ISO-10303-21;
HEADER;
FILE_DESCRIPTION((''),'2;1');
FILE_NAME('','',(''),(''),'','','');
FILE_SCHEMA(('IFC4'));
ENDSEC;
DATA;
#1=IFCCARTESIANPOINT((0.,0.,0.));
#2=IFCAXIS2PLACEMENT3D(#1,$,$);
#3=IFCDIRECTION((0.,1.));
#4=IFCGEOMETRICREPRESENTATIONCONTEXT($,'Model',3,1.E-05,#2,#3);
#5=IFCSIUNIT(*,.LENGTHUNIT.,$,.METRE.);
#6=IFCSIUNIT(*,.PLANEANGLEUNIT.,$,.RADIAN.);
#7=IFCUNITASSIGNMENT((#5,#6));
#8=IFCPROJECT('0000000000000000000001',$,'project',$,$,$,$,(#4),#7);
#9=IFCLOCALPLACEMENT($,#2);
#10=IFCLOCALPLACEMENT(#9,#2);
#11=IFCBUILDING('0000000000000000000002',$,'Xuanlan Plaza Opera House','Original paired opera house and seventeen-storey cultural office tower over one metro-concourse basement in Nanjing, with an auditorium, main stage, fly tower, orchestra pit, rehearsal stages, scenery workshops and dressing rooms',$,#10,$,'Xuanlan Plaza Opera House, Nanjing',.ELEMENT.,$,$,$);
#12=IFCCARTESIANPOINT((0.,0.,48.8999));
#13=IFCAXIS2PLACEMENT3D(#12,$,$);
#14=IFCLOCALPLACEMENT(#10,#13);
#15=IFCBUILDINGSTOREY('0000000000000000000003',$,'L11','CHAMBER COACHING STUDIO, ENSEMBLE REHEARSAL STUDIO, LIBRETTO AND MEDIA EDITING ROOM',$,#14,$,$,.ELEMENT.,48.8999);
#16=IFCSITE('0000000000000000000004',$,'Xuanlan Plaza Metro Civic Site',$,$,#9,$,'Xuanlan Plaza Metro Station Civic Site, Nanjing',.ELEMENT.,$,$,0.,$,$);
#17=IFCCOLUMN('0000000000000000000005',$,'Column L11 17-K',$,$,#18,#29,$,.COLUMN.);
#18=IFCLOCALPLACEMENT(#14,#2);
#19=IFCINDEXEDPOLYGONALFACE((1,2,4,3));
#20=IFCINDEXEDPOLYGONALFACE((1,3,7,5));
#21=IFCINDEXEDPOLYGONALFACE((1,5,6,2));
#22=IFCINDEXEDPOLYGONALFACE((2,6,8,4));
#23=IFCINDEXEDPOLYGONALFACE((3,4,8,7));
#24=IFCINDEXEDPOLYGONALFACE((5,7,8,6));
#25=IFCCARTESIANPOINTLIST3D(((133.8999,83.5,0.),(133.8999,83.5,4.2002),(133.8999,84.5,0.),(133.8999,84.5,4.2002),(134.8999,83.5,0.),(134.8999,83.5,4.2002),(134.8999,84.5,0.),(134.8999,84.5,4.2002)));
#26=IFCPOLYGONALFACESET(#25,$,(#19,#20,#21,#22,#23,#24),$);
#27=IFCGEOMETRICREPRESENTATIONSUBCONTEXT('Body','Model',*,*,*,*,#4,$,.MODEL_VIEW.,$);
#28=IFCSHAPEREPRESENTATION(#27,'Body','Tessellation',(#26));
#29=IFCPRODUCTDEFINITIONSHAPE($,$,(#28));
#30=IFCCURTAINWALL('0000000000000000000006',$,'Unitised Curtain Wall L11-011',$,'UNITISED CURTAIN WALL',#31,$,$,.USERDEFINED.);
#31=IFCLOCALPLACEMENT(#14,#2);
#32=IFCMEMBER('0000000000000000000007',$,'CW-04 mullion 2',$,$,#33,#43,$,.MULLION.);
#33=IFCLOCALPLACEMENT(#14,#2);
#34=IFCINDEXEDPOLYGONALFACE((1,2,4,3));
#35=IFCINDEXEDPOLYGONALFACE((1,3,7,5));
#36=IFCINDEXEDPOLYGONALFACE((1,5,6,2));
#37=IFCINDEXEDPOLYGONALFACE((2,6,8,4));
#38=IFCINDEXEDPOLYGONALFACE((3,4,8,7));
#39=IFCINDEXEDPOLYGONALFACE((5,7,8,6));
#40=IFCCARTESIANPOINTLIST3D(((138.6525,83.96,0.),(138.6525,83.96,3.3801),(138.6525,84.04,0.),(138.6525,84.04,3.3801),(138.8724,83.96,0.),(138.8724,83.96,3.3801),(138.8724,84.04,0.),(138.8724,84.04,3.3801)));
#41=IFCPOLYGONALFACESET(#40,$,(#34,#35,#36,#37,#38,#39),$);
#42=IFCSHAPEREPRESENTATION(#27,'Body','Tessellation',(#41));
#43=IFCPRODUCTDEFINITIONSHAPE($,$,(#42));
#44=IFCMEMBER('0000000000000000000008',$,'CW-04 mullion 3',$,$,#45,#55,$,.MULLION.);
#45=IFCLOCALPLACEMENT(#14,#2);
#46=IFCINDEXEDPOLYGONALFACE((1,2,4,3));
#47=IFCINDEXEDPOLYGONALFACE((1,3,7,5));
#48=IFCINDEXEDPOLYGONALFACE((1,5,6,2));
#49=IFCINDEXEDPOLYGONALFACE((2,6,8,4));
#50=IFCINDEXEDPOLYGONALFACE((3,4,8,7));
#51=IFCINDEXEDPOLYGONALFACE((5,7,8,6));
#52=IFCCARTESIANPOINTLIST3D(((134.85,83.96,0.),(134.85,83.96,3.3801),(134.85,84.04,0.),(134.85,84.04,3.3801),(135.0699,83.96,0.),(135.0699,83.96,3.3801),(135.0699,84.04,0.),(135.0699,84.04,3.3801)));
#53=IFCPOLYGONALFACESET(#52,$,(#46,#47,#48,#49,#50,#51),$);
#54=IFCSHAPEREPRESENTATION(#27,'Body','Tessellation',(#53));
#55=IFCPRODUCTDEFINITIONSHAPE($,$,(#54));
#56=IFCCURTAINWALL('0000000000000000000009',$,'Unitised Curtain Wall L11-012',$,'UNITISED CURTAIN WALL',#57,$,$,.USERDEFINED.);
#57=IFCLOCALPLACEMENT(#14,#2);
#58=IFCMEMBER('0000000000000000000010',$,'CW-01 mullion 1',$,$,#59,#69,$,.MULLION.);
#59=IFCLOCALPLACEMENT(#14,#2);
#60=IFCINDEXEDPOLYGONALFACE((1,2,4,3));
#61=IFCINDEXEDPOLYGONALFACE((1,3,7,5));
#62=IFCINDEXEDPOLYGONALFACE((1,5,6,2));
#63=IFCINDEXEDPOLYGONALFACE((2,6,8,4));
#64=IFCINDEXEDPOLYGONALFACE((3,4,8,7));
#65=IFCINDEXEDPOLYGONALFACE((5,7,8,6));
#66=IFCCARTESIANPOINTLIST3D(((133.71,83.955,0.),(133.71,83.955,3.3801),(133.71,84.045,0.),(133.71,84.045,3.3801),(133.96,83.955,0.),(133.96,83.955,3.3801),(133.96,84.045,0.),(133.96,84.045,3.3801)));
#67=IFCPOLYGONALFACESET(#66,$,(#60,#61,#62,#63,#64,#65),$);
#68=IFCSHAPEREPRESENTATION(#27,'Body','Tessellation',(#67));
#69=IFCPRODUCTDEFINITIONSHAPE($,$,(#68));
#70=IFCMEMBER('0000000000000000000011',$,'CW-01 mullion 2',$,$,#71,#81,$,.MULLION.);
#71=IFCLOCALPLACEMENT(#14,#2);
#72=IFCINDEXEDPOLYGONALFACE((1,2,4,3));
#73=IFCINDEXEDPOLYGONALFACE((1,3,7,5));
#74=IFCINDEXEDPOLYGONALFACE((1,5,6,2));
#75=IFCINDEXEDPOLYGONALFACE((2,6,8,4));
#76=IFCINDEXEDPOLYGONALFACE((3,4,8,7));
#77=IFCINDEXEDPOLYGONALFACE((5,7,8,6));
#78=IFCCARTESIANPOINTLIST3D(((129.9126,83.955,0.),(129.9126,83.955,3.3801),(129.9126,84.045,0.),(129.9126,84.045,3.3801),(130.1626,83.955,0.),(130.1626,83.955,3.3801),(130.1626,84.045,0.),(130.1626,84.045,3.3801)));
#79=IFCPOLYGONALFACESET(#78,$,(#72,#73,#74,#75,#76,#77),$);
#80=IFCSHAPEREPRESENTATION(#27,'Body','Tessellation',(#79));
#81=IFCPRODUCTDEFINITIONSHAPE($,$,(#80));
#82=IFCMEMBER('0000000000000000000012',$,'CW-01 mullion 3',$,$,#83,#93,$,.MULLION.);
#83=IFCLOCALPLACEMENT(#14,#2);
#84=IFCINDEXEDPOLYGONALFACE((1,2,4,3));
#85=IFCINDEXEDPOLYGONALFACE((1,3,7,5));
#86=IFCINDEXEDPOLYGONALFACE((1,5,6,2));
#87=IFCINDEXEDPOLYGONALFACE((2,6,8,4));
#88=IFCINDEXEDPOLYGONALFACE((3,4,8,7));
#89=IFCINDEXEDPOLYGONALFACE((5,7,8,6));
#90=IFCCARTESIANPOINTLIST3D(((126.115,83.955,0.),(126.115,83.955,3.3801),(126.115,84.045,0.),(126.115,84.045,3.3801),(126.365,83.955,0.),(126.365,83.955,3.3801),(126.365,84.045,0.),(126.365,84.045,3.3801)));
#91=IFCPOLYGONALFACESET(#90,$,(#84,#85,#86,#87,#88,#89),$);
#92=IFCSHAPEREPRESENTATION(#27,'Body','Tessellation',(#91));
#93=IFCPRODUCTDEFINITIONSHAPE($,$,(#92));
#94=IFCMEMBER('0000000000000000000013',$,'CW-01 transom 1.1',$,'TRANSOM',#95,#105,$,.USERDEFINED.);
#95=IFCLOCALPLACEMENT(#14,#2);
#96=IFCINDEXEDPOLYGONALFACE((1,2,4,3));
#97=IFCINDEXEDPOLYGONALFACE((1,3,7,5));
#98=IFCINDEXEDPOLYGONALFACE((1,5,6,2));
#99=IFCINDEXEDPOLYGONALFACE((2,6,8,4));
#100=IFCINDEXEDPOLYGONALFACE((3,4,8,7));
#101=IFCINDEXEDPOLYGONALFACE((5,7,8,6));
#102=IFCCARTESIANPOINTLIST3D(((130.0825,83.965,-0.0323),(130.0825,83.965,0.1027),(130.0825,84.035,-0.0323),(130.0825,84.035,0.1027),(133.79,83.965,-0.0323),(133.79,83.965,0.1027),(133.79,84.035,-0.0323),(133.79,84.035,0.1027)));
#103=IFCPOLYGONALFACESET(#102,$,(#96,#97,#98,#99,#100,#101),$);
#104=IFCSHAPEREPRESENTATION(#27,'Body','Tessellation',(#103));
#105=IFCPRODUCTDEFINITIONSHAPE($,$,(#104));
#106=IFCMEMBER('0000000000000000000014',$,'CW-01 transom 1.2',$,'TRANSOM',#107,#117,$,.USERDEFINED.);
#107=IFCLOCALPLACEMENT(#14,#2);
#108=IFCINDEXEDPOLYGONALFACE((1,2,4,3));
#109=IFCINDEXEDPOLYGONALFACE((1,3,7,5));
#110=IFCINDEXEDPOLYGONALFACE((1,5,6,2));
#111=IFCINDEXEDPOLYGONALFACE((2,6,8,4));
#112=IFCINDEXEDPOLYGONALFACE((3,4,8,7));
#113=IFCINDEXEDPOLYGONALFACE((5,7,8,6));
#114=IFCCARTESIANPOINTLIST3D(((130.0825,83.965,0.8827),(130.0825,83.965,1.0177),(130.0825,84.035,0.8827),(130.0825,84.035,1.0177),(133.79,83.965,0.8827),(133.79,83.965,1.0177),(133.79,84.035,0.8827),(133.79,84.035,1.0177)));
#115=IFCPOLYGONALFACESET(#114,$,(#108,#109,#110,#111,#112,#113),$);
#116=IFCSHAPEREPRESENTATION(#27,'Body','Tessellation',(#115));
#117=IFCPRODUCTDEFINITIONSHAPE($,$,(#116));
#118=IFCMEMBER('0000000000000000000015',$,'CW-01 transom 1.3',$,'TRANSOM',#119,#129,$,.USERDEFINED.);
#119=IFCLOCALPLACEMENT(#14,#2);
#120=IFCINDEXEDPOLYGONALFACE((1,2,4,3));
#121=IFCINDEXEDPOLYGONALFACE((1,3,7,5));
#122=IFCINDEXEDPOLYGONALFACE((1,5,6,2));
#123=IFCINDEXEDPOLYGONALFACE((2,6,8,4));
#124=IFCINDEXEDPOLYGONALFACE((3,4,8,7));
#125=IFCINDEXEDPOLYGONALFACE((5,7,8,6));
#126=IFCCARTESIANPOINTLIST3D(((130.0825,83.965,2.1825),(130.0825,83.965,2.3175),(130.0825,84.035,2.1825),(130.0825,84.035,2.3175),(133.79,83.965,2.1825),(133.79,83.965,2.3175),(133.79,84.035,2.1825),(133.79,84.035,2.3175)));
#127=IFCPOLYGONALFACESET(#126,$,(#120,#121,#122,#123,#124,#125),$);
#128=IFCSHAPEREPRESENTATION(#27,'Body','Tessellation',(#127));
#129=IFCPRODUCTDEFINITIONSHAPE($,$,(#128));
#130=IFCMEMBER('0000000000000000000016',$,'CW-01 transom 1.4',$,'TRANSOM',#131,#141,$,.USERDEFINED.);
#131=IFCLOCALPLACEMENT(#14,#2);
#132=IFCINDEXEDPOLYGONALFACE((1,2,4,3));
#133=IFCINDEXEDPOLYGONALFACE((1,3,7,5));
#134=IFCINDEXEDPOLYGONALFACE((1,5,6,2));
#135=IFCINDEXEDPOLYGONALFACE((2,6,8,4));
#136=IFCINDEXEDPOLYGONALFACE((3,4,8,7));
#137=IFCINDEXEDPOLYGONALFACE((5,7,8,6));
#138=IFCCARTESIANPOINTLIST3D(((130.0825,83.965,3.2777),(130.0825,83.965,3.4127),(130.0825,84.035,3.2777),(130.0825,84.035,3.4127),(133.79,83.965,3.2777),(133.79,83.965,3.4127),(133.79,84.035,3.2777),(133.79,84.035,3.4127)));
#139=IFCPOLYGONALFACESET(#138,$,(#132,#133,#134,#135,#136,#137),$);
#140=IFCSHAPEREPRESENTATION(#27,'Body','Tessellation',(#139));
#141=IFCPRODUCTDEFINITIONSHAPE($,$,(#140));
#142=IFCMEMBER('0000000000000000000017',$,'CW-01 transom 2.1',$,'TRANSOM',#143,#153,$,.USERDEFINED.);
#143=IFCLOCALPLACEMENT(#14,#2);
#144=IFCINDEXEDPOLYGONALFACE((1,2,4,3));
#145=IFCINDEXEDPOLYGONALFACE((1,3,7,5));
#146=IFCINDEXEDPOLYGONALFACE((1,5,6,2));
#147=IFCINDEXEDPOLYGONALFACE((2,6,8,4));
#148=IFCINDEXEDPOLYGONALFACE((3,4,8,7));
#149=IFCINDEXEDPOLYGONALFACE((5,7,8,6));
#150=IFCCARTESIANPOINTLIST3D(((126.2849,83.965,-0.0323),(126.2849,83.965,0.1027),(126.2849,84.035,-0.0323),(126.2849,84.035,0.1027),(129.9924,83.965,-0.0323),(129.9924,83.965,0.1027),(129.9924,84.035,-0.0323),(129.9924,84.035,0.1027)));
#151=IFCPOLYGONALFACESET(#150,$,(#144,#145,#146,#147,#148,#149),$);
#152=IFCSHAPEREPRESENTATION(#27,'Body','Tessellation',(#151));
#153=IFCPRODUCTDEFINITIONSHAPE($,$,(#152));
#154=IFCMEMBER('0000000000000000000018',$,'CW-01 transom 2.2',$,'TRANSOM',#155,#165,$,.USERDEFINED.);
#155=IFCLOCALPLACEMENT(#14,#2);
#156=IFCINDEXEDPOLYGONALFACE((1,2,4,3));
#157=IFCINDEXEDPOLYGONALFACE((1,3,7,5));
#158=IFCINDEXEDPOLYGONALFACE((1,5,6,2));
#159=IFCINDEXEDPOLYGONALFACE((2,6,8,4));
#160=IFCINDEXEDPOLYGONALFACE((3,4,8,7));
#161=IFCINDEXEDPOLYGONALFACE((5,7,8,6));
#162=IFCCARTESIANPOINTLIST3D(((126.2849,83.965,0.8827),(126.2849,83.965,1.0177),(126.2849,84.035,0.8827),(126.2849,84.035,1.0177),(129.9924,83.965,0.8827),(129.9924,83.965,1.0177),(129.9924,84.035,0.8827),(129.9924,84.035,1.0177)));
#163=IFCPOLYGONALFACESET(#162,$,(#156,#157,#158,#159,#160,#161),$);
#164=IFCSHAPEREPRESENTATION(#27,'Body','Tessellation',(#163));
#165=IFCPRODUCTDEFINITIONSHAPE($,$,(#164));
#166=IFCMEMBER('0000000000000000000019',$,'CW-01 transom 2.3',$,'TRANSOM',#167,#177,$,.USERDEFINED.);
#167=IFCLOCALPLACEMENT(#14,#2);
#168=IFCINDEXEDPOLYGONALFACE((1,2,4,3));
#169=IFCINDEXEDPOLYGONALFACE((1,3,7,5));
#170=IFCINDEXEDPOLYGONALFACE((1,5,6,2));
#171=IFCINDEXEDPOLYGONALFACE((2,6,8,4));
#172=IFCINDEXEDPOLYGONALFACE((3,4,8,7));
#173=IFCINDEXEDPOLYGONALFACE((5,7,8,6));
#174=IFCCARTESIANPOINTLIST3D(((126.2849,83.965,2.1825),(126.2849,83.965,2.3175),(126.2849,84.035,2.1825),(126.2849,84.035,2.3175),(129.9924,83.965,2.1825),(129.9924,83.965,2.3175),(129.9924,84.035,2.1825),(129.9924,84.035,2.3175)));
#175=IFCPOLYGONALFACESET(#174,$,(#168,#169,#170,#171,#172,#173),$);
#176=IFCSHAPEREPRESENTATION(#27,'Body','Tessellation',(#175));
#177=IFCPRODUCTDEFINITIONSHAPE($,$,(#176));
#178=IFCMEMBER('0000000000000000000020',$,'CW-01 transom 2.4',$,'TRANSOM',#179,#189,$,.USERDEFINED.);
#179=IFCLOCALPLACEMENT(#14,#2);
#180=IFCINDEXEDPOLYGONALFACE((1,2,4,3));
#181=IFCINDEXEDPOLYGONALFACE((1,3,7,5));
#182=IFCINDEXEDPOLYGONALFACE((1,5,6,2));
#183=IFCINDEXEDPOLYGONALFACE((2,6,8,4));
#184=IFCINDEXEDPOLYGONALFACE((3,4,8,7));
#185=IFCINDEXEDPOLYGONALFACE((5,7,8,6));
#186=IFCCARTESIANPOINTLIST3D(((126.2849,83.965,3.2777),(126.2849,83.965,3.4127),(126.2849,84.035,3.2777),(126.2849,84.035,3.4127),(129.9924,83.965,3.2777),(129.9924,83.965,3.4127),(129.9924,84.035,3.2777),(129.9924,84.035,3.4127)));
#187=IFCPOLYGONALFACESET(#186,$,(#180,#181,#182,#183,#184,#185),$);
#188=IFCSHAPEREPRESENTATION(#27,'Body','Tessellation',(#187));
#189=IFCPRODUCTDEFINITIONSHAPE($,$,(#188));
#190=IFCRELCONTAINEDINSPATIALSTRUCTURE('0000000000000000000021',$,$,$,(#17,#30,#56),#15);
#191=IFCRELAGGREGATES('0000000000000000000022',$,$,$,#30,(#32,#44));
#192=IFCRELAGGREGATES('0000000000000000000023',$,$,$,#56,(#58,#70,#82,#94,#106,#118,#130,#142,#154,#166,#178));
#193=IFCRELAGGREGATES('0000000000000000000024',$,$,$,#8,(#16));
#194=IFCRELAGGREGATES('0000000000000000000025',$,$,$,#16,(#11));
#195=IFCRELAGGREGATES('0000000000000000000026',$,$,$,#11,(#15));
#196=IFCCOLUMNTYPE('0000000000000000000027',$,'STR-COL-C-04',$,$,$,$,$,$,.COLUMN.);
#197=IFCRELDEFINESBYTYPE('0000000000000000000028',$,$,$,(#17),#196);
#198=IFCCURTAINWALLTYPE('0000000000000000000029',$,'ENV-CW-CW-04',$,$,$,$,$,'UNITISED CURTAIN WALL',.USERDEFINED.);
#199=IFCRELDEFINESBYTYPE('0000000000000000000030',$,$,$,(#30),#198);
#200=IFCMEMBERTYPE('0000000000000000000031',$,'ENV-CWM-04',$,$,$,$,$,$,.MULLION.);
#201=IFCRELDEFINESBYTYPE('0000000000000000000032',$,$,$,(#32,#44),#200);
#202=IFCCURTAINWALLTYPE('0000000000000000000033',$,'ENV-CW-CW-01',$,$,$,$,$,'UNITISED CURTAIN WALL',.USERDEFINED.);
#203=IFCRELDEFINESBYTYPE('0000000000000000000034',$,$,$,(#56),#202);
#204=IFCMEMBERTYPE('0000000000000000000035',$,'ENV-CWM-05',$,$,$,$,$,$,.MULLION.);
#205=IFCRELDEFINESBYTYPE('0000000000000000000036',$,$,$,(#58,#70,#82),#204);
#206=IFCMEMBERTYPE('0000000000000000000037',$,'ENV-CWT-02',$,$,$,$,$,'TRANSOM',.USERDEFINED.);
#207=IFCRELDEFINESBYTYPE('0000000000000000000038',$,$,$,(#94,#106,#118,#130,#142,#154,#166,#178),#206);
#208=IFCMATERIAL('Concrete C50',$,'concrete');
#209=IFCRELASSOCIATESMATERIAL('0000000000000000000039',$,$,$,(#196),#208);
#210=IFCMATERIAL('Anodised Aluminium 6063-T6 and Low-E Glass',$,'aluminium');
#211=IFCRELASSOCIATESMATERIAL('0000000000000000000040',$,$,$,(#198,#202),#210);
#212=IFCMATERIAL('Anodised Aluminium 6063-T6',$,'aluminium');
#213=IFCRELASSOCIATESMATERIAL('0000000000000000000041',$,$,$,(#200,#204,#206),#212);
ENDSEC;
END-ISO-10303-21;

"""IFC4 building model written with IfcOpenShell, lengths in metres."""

from ifc_helpers import new_model, si_unit, direction, frame, origin, origin_2d, place, context, subcontext, project, spatial, rectangle, extrude, material, material_profile, profile_set, type_object, element, aggregate, save


model = new_model("IFC4")

# Units and contexts
model_context = context("Model", 3, precision=1e-05, world=origin(), true_north=direction((0.0, 1.0)))
body_context = subcontext(model_context, "Body", "Model", "MODEL_VIEW")
ifc_project = project(units=[si_unit("LENGTHUNIT", "METRE"), si_unit("PLANEANGLEUNIT", "RADIAN")], contexts=[model_context])

# Site, building, storey
site_placement = place(None, origin())
site = spatial("IfcSite", under=ifc_project, at=site_placement, Name="Xuanlan Plaza Metro Civic Site", LongName="Xuanlan Plaza Metro Station Civic Site, Nanjing", CompositionType="ELEMENT", RefElevation=0.0)
building_placement = place(site_placement, origin())
building = spatial("IfcBuilding", under=site, at=building_placement, Name="Xuanlan Plaza Opera House", Description="Original paired opera house and seventeen-storey cultural office tower over one metro-concourse basement in Nanjing, with an auditorium, main stage, fly tower, orchestra pit, rehearsal stages, scenery workshops and dressing rooms", LongName="Xuanlan Plaza Opera House, Nanjing", CompositionType="ELEMENT")
storey_placement = place(building_placement, frame((0.0, 0.0, 48.8999)))
storey = spatial("IfcBuildingStorey", under=building, at=storey_placement, Name="L11", Description="CHAMBER COACHING STUDIO, ENSEMBLE REHEARSAL STUDIO, LIBRETTO AND MEDIA EDITING ROOM", CompositionType="ELEMENT", Elevation=48.8999)

# Column
ifc_material_1 = material(Name="Concrete C50", Category="concrete")
ifc_material_profile_1 = material_profile(ifc_material_1, rectangle(XDim=1.0, YDim=1.0, at=origin_2d()), Name="RC-COL 1000x1000")
ifc_profile_set_1 = profile_set([ifc_material_profile_1], Name="Concrete C50")
column_type = type_object("IfcColumnType", Name="STR-COL-C-04", PredefinedType="COLUMN", material=ifc_profile_set_1)
column_placement = place(storey_placement, frame((134.3999, 84.0, 0.0), z_axis=(0.0, 0.0, 1.0), x_axis=(1.0, 0.0, 0.0)))
element("IfcColumn", 1, at=column_placement, inside=storey, type_object=column_type, Name="Column L11 17-K", PredefinedType="COLUMN", context=body_context, shape_type="SweptSolid", body=[
    extrude(rectangle(XDim=1.0, YDim=1.0, at=origin_2d()), origin(), (0.0, 0.0, 1.0), 4.2002),
])

# Curtain walls, members
ifc_material_2 = material(Name="Anodised Aluminium 6063-T6 and Low-E Glass", Category="aluminium")
curtain_wall_type_1 = type_object("IfcCurtainWallType", Name="ENV-CW-CW-04", ElementType="UNITISED CURTAIN WALL", PredefinedType="USERDEFINED", material=ifc_material_2)
curtain_wall_1_placement = place(storey_placement, origin())
curtain_wall_1 = element("IfcCurtainWall", 2, at=curtain_wall_1_placement, inside=storey, type_object=curtain_wall_type_1, Name="Unitised Curtain Wall L11-011", ObjectType="UNITISED CURTAIN WALL", PredefinedType="USERDEFINED")
ifc_material_3 = material(Name="Anodised Aluminium 6063-T6", Category="aluminium")
ifc_material_profile_2 = material_profile(ifc_material_3, rectangle(XDim=0.0801, YDim=0.22, at=origin_2d()), Name="ALU-M 80x220")
ifc_profile_set_2 = profile_set([ifc_material_profile_2], Name="Anodised Aluminium 6063-T6")
member_type_1 = type_object("IfcMemberType", Name="ENV-CWM-04", PredefinedType="MULLION", material=ifc_profile_set_2)
member_1_placement = place(storey_placement, frame((138.7625, 84.0, 0.0), z_axis=(0.0, 0.0, 1.0), x_axis=(0.0, -1.0, 0.0)))
member_1 = element("IfcMember", 3, at=member_1_placement, type_object=member_type_1, Name="CW-04 mullion 2", PredefinedType="MULLION", context=body_context, shape_type="SweptSolid", body=[
    extrude(rectangle(XDim=0.0801, YDim=0.22, at=origin_2d()), origin(), (0.0, 0.0, 1.0), 3.3801),
])
member_2_placement = place(storey_placement, frame((134.96, 84.0, 0.0), z_axis=(0.0, 0.0, 1.0), x_axis=(0.0, -1.0, 0.0)))
member_2 = element("IfcMember", 4, at=member_2_placement, type_object=member_type_1, Name="CW-04 mullion 3", PredefinedType="MULLION", context=body_context, shape_type="SweptSolid", body=[
    extrude(rectangle(XDim=0.0801, YDim=0.22, at=origin_2d()), origin(), (0.0, 0.0, 1.0), 3.3801),
])
curtain_wall_type_2 = type_object("IfcCurtainWallType", Name="ENV-CW-CW-01", ElementType="UNITISED CURTAIN WALL", PredefinedType="USERDEFINED", material=ifc_material_2)
curtain_wall_2_placement = place(storey_placement, origin())
curtain_wall_2 = element("IfcCurtainWall", 5, at=curtain_wall_2_placement, inside=storey, type_object=curtain_wall_type_2, Name="Unitised Curtain Wall L11-012", ObjectType="UNITISED CURTAIN WALL", PredefinedType="USERDEFINED")
ifc_material_profile_3 = material_profile(ifc_material_3, rectangle(XDim=0.0901, YDim=0.25, at=origin_2d()), Name="ALU-M 90x250")
ifc_profile_set_3 = profile_set([ifc_material_profile_3], Name="Anodised Aluminium 6063-T6")
member_type_2 = type_object("IfcMemberType", Name="ENV-CWM-05", PredefinedType="MULLION", material=ifc_profile_set_3)
member_3_placement = place(storey_placement, frame((133.835, 84.0, 0.0), z_axis=(0.0, 0.0, 1.0), x_axis=(0.0, -1.0, 0.0)))
member_3 = element("IfcMember", 6, at=member_3_placement, type_object=member_type_2, Name="CW-01 mullion 1", PredefinedType="MULLION", context=body_context, shape_type="SweptSolid", body=[
    extrude(rectangle(XDim=0.0901, YDim=0.25, at=origin_2d()), origin(), (0.0, 0.0, 1.0), 3.3801),
])
member_4_placement = place(storey_placement, frame((130.0376, 84.0, 0.0), z_axis=(0.0, 0.0, 1.0), x_axis=(0.0, -1.0, 0.0)))
member_4 = element("IfcMember", 7, at=member_4_placement, type_object=member_type_2, Name="CW-01 mullion 2", PredefinedType="MULLION", context=body_context, shape_type="SweptSolid", body=[
    extrude(rectangle(XDim=0.0901, YDim=0.25, at=origin_2d()), origin(), (0.0, 0.0, 1.0), 3.3801),
])
member_5_placement = place(storey_placement, frame((126.24, 84.0, 0.0), z_axis=(0.0, 0.0, 1.0), x_axis=(0.0, -1.0, 0.0)))
member_5 = element("IfcMember", 8, at=member_5_placement, type_object=member_type_2, Name="CW-01 mullion 3", PredefinedType="MULLION", context=body_context, shape_type="SweptSolid", body=[
    extrude(rectangle(XDim=0.0901, YDim=0.25, at=origin_2d()), origin(), (0.0, 0.0, 1.0), 3.3801),
])
ifc_material_profile_4 = material_profile(ifc_material_3, rectangle(XDim=0.0701, YDim=0.135, at=origin_2d()), Name="ALU-T 70x135")
ifc_profile_set_4 = profile_set([ifc_material_profile_4], Name="Anodised Aluminium 6063-T6")
member_type_3 = type_object("IfcMemberType", Name="ENV-CWT-02", ElementType="TRANSOM", PredefinedType="USERDEFINED", material=ifc_profile_set_4)
member_6_placement = place(storey_placement, frame((133.79, 84.0, 0.0352), z_axis=(-1.0, 0.0, 0.0), x_axis=(0.0, -1.0, 0.0)))
member_6 = element("IfcMember", 9, at=member_6_placement, type_object=member_type_3, Name="CW-01 transom 1.1", ObjectType="TRANSOM", PredefinedType="USERDEFINED", context=body_context, shape_type="SweptSolid", body=[
    extrude(rectangle(XDim=0.0701, YDim=0.135, at=origin_2d()), origin(), (0.0, 0.0, 1.0), 3.7075),
])
member_7_placement = place(storey_placement, frame((133.79, 84.0, 0.9502), z_axis=(-1.0, 0.0, 0.0), x_axis=(0.0, -1.0, 0.0)))
member_7 = element("IfcMember", 10, at=member_7_placement, type_object=member_type_3, Name="CW-01 transom 1.2", ObjectType="TRANSOM", PredefinedType="USERDEFINED", context=body_context, shape_type="SweptSolid", body=[
    extrude(rectangle(XDim=0.0701, YDim=0.135, at=origin_2d()), origin(), (0.0, 0.0, 1.0), 3.7075),
])
member_8_placement = place(storey_placement, frame((133.79, 84.0, 2.25), z_axis=(-1.0, 0.0, 0.0), x_axis=(0.0, -1.0, 0.0)))
member_8 = element("IfcMember", 11, at=member_8_placement, type_object=member_type_3, Name="CW-01 transom 1.3", ObjectType="TRANSOM", PredefinedType="USERDEFINED", context=body_context, shape_type="SweptSolid", body=[
    extrude(rectangle(XDim=0.0701, YDim=0.135, at=origin_2d()), origin(), (0.0, 0.0, 1.0), 3.7075),
])
member_9_placement = place(storey_placement, frame((133.79, 84.0, 3.3452), z_axis=(-1.0, 0.0, 0.0), x_axis=(0.0, -1.0, 0.0)))
member_9 = element("IfcMember", 12, at=member_9_placement, type_object=member_type_3, Name="CW-01 transom 1.4", ObjectType="TRANSOM", PredefinedType="USERDEFINED", context=body_context, shape_type="SweptSolid", body=[
    extrude(rectangle(XDim=0.0701, YDim=0.135, at=origin_2d()), origin(), (0.0, 0.0, 1.0), 3.7075),
])
member_10_placement = place(storey_placement, frame((129.9924, 84.0, 0.0352), z_axis=(-1.0, 0.0, 0.0), x_axis=(0.0, -1.0, 0.0)))
member_10 = element("IfcMember", 13, at=member_10_placement, type_object=member_type_3, Name="CW-01 transom 2.1", ObjectType="TRANSOM", PredefinedType="USERDEFINED", context=body_context, shape_type="SweptSolid", body=[
    extrude(rectangle(XDim=0.0701, YDim=0.135, at=origin_2d()), origin(), (0.0, 0.0, 1.0), 3.7075),
])
member_11_placement = place(storey_placement, frame((129.9924, 84.0, 0.9502), z_axis=(-1.0, 0.0, 0.0), x_axis=(0.0, -1.0, 0.0)))
member_11 = element("IfcMember", 14, at=member_11_placement, type_object=member_type_3, Name="CW-01 transom 2.2", ObjectType="TRANSOM", PredefinedType="USERDEFINED", context=body_context, shape_type="SweptSolid", body=[
    extrude(rectangle(XDim=0.0701, YDim=0.135, at=origin_2d()), origin(), (0.0, 0.0, 1.0), 3.7075),
])
member_12_placement = place(storey_placement, frame((129.9924, 84.0, 2.25), z_axis=(-1.0, 0.0, 0.0), x_axis=(0.0, -1.0, 0.0)))
member_12 = element("IfcMember", 15, at=member_12_placement, type_object=member_type_3, Name="CW-01 transom 2.3", ObjectType="TRANSOM", PredefinedType="USERDEFINED", context=body_context, shape_type="SweptSolid", body=[
    extrude(rectangle(XDim=0.0701, YDim=0.135, at=origin_2d()), origin(), (0.0, 0.0, 1.0), 3.7075),
])
member_13_placement = place(storey_placement, frame((129.9924, 84.0, 3.3452), z_axis=(-1.0, 0.0, 0.0), x_axis=(0.0, -1.0, 0.0)))
member_13 = element("IfcMember", 16, at=member_13_placement, type_object=member_type_3, Name="CW-01 transom 2.4", ObjectType="TRANSOM", PredefinedType="USERDEFINED", context=body_context, shape_type="SweptSolid", body=[
    extrude(rectangle(XDim=0.0701, YDim=0.135, at=origin_2d()), origin(), (0.0, 0.0, 1.0), 3.7075),
])

aggregate(curtain_wall_1, [member_1, member_2])
aggregate(curtain_wall_2, [member_3, member_4, member_5, member_6, member_7, member_8, member_9, member_10, member_11, member_12, member_13])

save(model, "model.ifc")
